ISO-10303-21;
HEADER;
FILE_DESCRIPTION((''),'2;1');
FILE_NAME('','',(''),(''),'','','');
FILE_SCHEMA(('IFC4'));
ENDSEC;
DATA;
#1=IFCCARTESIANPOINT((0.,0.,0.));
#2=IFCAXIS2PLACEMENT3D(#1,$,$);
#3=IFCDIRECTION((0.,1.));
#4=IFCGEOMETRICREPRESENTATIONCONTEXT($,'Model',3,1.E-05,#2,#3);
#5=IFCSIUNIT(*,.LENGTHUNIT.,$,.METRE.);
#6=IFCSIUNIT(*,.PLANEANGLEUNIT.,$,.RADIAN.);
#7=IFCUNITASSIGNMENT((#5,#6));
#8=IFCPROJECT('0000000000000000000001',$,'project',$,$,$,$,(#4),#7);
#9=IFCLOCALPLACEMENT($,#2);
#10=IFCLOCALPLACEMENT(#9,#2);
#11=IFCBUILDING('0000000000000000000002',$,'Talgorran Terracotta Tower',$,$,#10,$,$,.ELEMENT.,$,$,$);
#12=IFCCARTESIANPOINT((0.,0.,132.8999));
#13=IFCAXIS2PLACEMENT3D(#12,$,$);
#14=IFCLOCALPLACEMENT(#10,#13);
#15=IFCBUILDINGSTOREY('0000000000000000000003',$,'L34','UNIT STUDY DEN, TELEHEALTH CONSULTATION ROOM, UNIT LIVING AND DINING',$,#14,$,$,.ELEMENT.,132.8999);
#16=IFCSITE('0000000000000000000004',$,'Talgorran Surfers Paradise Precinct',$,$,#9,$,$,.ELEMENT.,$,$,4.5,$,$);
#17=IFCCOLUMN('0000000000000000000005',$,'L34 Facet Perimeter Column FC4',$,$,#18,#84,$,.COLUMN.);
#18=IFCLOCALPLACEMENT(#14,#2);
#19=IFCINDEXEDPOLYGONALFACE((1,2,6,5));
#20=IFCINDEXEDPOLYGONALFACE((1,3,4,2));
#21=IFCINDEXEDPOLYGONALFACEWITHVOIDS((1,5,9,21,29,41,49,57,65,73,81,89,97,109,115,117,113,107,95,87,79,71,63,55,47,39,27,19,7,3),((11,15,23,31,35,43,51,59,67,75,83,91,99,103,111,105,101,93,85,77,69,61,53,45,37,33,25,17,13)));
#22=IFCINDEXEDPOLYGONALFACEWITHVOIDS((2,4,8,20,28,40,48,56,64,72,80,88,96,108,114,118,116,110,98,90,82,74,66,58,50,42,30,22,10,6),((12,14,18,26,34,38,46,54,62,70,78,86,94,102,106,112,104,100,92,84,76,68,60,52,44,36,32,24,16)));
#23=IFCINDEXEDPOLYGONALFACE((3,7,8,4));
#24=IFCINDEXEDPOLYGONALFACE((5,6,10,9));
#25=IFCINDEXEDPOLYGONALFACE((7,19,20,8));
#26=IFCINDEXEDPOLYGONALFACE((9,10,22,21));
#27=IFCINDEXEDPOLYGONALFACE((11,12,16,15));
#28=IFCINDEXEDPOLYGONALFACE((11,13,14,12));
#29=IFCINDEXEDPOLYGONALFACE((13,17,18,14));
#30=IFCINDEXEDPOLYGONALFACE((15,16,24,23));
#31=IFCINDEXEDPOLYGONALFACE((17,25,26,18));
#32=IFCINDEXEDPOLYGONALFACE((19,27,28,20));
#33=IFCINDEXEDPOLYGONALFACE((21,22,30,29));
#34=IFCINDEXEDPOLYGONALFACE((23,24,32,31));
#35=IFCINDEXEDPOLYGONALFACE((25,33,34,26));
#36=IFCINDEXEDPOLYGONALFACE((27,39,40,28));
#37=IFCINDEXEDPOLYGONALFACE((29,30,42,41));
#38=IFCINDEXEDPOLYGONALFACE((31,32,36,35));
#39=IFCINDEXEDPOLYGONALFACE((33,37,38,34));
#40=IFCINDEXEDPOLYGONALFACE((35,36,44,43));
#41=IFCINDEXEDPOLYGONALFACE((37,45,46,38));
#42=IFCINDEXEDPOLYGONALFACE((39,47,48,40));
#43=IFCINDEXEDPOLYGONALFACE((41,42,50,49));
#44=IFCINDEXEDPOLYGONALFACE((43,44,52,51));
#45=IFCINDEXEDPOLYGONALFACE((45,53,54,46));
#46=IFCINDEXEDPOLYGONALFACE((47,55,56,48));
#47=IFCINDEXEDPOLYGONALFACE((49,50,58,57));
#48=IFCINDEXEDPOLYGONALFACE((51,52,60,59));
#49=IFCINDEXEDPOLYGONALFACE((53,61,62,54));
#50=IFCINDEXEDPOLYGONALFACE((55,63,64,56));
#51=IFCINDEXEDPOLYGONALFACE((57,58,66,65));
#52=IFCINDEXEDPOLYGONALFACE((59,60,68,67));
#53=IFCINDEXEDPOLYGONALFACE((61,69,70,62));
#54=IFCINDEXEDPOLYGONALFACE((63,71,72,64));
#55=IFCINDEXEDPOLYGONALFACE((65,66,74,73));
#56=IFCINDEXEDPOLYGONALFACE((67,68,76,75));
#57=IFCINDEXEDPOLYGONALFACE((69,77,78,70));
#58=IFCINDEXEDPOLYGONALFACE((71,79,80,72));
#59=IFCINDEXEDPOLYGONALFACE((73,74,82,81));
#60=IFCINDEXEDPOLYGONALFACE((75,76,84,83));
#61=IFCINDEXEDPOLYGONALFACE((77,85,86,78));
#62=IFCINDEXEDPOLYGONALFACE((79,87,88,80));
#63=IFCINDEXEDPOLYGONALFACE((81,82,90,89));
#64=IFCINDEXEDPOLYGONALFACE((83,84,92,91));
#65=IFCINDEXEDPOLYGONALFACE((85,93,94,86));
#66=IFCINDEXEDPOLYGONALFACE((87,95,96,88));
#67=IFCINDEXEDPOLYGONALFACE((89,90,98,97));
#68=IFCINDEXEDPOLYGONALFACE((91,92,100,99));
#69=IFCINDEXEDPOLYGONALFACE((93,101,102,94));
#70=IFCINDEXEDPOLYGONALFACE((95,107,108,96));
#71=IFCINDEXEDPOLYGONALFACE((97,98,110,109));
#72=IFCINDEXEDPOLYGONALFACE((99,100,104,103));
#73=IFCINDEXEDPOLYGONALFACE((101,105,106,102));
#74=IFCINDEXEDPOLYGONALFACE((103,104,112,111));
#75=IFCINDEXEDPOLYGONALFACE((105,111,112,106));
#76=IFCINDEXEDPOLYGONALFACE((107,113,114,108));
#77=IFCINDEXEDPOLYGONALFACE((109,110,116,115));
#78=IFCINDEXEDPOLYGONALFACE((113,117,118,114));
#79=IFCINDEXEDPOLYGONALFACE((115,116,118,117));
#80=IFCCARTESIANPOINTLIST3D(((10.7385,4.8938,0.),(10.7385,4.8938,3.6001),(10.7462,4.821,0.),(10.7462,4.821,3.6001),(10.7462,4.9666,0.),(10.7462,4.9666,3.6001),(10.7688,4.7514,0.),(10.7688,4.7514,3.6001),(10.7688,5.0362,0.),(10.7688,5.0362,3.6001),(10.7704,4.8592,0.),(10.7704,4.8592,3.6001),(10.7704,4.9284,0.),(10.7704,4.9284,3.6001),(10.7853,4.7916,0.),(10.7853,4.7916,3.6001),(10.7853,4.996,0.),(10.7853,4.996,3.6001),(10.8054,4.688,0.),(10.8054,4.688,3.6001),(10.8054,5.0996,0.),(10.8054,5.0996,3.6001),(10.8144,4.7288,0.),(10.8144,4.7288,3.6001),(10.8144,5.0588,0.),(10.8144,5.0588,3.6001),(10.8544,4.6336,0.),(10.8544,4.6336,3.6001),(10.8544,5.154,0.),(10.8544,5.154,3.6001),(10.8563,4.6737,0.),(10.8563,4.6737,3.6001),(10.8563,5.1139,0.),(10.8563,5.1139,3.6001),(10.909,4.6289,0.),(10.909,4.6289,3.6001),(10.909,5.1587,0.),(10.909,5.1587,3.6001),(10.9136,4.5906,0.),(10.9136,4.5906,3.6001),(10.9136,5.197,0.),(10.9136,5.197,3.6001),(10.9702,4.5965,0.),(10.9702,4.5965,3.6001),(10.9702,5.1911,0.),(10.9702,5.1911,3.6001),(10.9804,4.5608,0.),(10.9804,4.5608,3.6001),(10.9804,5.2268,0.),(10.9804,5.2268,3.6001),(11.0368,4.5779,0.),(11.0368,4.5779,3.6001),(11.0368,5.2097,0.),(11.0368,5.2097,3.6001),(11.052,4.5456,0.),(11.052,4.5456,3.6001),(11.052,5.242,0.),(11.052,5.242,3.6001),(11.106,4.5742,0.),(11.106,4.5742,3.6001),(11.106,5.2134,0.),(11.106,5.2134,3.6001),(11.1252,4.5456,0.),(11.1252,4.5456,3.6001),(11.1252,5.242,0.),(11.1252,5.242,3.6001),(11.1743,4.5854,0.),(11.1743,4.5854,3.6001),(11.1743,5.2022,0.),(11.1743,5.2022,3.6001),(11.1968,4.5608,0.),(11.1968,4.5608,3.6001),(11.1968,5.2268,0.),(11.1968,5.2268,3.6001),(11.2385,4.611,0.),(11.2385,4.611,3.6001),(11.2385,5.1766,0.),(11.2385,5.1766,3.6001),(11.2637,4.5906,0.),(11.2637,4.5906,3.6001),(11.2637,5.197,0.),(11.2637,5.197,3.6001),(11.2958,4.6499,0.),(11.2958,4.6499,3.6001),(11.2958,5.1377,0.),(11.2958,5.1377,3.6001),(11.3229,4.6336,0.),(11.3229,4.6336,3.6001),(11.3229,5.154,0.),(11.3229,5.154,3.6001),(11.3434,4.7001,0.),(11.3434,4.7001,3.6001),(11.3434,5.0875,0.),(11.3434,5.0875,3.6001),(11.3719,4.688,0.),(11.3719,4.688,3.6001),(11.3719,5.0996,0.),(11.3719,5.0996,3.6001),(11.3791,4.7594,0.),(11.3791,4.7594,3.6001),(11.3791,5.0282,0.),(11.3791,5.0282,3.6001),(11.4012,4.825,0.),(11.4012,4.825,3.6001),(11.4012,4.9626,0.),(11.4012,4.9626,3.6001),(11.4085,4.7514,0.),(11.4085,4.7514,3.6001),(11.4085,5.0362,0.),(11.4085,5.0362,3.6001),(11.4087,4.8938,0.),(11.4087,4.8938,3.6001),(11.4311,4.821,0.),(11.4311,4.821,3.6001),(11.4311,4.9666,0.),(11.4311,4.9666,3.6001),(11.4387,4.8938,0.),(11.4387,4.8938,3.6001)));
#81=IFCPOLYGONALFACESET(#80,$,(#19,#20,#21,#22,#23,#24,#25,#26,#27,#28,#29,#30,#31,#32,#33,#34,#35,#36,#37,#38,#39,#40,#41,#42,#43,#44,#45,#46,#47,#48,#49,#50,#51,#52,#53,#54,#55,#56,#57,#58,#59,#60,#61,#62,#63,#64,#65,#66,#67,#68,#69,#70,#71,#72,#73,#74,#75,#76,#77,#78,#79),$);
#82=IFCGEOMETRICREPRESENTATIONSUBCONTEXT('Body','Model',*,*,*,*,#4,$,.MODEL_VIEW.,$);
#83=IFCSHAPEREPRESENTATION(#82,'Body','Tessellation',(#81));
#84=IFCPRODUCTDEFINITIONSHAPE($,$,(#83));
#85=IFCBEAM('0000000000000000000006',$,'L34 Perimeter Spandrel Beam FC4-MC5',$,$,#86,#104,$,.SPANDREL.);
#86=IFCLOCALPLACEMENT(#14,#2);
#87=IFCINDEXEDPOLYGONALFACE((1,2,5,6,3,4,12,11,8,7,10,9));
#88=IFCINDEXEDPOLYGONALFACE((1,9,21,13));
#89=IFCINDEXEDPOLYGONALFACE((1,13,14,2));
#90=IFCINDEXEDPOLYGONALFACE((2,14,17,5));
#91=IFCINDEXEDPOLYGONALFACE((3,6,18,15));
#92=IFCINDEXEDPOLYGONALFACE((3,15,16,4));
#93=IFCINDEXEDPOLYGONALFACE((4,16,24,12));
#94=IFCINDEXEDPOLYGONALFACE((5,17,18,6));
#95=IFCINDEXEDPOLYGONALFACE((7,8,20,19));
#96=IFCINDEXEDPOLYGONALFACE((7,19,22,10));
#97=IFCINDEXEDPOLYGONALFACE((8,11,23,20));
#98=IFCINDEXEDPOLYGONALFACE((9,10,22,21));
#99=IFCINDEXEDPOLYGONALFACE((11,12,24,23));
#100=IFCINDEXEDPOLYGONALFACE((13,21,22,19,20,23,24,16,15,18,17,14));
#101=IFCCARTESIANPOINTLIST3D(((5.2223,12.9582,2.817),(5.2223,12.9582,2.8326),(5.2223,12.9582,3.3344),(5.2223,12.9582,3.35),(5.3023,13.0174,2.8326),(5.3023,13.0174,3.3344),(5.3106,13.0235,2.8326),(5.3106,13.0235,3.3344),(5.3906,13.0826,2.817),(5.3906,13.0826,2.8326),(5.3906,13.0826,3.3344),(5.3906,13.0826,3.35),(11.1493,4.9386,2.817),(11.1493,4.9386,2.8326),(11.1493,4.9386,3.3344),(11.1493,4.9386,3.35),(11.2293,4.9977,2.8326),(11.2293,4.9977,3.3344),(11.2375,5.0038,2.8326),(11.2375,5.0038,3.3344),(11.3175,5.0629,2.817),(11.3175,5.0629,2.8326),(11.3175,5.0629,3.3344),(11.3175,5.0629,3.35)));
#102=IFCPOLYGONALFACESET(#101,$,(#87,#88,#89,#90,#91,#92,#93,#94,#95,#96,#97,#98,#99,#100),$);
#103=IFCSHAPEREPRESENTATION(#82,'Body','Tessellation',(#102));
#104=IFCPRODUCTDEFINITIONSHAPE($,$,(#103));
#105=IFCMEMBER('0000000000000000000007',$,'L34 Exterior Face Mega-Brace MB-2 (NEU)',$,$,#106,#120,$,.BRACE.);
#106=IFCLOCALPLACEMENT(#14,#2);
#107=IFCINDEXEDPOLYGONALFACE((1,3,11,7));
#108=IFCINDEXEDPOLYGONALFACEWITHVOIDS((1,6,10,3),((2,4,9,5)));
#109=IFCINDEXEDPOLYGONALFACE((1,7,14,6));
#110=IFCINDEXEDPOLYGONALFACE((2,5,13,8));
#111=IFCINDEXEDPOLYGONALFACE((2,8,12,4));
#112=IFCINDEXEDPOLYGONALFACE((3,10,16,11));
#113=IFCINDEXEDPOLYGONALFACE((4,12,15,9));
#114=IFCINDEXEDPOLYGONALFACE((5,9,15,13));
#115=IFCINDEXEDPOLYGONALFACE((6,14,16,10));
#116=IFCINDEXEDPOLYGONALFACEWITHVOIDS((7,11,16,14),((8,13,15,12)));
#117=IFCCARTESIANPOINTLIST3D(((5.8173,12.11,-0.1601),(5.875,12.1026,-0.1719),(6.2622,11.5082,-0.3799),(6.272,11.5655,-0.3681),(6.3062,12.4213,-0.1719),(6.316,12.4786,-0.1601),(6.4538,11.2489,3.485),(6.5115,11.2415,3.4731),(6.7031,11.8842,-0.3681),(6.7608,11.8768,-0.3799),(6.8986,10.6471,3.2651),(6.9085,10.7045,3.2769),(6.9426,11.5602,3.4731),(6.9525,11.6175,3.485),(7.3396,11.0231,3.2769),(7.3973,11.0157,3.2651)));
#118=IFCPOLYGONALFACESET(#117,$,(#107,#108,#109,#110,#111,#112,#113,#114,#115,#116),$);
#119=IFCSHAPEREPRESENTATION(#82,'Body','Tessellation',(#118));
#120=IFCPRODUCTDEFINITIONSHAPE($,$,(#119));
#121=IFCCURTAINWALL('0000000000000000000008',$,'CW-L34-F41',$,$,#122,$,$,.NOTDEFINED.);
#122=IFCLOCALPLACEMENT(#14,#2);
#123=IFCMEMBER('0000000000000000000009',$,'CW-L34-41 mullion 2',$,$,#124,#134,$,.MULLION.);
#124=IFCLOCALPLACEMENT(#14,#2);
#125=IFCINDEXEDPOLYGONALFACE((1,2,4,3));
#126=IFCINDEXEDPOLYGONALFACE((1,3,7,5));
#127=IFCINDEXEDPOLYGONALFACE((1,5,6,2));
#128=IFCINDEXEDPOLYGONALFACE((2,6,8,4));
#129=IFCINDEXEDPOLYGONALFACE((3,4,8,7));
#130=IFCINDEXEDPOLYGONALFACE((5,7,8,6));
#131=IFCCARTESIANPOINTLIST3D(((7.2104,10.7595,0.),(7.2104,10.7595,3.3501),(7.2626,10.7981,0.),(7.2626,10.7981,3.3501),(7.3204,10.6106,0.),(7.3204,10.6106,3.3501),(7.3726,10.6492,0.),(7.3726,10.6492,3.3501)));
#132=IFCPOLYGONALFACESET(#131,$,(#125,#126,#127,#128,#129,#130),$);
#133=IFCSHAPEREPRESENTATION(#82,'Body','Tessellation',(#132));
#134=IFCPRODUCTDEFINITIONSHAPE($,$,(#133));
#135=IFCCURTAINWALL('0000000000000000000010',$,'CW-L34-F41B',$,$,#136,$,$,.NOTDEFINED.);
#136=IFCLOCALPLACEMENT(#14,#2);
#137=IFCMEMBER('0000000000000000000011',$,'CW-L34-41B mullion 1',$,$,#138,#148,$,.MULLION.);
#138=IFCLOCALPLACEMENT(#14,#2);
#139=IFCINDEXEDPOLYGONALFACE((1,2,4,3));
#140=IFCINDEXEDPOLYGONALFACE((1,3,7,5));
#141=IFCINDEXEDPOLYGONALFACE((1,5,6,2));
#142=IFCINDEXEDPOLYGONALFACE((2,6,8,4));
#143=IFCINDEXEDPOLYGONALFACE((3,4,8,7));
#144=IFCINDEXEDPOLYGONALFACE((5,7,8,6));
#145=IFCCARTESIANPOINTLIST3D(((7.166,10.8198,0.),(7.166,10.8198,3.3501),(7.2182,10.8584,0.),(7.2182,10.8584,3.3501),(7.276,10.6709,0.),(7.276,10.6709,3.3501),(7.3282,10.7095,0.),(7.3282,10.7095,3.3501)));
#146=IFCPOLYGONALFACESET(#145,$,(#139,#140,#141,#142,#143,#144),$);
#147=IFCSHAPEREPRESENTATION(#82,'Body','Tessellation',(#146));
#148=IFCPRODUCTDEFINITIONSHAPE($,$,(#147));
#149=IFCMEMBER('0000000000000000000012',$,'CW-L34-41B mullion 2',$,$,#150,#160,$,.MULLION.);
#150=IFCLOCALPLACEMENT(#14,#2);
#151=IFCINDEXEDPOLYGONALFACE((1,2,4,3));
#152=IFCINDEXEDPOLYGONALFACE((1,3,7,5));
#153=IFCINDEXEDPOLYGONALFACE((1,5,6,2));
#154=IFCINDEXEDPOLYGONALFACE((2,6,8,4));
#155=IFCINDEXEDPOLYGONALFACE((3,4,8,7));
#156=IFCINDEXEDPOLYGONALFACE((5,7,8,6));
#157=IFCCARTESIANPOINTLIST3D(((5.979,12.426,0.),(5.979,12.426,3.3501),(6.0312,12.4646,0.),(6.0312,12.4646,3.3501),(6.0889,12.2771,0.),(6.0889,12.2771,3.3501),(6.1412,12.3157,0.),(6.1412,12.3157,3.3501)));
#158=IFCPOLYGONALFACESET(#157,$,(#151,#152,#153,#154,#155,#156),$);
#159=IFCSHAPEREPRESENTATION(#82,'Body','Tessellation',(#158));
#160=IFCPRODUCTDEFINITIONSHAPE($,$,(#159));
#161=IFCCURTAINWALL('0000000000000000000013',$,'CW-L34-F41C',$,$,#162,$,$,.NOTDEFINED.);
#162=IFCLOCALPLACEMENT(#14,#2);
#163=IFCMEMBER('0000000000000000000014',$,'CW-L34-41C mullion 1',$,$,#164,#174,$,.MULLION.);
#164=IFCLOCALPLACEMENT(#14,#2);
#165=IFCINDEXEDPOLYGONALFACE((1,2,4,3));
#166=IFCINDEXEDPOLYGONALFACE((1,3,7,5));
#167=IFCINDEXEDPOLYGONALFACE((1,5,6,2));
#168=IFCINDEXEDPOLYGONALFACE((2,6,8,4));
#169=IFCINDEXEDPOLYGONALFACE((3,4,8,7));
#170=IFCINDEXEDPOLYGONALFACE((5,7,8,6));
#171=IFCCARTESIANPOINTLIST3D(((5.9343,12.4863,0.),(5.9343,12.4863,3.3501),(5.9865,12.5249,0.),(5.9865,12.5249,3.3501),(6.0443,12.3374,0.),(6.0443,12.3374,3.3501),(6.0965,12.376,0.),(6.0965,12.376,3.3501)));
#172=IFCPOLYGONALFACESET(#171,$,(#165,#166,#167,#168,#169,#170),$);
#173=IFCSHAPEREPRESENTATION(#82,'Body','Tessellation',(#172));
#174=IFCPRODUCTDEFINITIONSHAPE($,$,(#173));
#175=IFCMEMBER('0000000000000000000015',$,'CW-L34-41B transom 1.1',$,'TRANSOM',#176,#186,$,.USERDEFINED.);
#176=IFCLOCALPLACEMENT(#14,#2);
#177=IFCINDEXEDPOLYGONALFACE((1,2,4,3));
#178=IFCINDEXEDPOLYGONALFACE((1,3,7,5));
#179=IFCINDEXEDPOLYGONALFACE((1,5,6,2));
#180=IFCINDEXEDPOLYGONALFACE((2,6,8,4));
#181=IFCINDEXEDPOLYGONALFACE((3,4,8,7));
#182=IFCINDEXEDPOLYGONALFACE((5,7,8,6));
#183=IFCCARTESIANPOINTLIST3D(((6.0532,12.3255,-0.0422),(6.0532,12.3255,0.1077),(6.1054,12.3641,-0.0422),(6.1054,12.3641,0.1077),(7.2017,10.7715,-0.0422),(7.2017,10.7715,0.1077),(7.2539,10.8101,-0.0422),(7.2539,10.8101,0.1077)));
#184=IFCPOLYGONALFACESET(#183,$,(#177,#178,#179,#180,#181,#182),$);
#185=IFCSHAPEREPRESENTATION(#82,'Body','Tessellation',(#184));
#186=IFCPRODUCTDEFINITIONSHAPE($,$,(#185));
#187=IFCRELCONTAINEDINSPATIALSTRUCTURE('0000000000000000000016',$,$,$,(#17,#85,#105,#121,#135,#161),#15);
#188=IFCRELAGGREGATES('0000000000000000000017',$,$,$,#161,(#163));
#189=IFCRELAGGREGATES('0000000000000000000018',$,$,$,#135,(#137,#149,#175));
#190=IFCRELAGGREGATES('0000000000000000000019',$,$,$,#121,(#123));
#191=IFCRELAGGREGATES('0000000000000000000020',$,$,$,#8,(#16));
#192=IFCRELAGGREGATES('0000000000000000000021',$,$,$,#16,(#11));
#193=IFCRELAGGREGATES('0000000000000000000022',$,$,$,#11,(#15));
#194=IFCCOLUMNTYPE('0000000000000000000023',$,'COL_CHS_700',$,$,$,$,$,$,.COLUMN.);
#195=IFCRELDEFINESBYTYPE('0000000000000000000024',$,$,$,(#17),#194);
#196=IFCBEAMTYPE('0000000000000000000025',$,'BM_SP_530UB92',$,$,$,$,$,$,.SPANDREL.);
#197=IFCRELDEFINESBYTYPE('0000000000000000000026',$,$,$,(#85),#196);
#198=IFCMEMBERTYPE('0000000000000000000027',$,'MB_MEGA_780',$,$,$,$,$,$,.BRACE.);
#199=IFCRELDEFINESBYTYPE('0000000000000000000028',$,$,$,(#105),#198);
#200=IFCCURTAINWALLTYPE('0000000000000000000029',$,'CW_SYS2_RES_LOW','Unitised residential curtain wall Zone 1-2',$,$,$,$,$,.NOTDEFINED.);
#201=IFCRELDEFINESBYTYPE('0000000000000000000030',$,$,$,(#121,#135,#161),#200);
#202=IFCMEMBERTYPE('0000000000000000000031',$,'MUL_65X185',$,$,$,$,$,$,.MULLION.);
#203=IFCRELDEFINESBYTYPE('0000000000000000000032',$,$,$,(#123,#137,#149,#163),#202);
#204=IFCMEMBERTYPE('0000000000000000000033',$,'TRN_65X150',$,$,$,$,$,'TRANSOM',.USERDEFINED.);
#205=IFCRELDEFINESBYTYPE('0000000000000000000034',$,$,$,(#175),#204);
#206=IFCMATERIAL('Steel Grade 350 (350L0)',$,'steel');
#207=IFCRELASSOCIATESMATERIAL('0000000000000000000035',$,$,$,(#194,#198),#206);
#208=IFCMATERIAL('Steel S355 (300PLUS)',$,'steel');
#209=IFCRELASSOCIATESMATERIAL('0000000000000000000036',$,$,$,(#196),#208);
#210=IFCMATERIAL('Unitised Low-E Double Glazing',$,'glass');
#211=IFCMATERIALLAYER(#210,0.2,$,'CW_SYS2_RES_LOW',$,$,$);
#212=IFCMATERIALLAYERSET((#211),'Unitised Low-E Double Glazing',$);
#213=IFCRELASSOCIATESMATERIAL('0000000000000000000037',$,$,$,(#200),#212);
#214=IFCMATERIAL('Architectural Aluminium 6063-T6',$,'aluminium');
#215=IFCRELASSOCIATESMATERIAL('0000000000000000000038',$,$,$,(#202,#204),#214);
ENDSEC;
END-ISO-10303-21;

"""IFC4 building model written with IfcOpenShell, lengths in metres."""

from ifc_helpers import new_model, si_unit, direction, frame, origin, origin_2d, place, context, subcontext, project, spatial, rectangle, hollow_rectangle, hollow_circle, i_section, extrude, material, layer, layer_set, material_profile, profile_set, type_object, element, aggregate, save


model = new_model("IFC4")

# Units and contexts
model_context = context("Model", 3, precision=1e-05, world=origin(), true_north=direction((0.0, 1.0)))
body_context = subcontext(model_context, "Body", "Model", "MODEL_VIEW")
ifc_project = project(units=[si_unit("LENGTHUNIT", "METRE"), si_unit("PLANEANGLEUNIT", "RADIAN")], contexts=[model_context])

# Site, building, storey
site_placement = place(None, origin())
site = spatial("IfcSite", under=ifc_project, at=site_placement, Name="Talgorran Surfers Paradise Precinct", CompositionType="ELEMENT", RefElevation=4.5)
building_placement = place(site_placement, origin())
building = spatial("IfcBuilding", under=site, at=building_placement, Name="Talgorran Terracotta Tower", CompositionType="ELEMENT")
storey_placement = place(building_placement, frame((0.0, 0.0, 132.8999)))
storey = spatial("IfcBuildingStorey", under=building, at=storey_placement, Name="L34", Description="UNIT STUDY DEN, TELEHEALTH CONSULTATION ROOM, UNIT LIVING AND DINING", CompositionType="ELEMENT", Elevation=132.8999)

# Column
ifc_material_1 = material(Name="Steel Grade 350 (350L0)", Category="steel")
ifc_material_profile_1 = material_profile(ifc_material_1, hollow_circle(Radius=0.3501, WallThickness=0.03, at=origin_2d()), Name="CHS700X30")
ifc_profile_set_1 = profile_set([ifc_material_profile_1], Name="Steel Grade 350 (350L0)")
column_type = type_object("IfcColumnType", Name="COL_CHS_700", PredefinedType="COLUMN", material=ifc_profile_set_1)
column_placement = place(storey_placement, frame((11.0886, 4.8938, 0.0), z_axis=(0.0, 0.0, 1.0), x_axis=(1.0, 0.0, 0.0)))
element("IfcColumn", 1, at=column_placement, inside=storey, type_object=column_type, Name="L34 Facet Perimeter Column FC4", PredefinedType="COLUMN", context=body_context, shape_type="SweptSolid", body=[
    extrude(hollow_circle(Radius=0.3501, WallThickness=0.03, at=origin_2d()), origin(), (0.0, 0.0, 1.0), 3.6001),
])

# Beam
ifc_material_2 = material(Name="Steel S355 (300PLUS)", Category="steel")
ifc_material_profile_2 = material_profile(ifc_material_2, i_section(OverallWidth=0.2092, OverallDepth=0.533, WebThickness=0.0103, FlangeThickness=0.0156, at=origin_2d()), Name="530UB92.4")
ifc_profile_set_2 = profile_set([ifc_material_profile_2], Name="Steel S355 (300PLUS)")
beam_type = type_object("IfcBeamType", Name="BM_SP_530UB92", PredefinedType="SPANDREL", material=ifc_profile_set_2)
beam_placement = place(storey_placement, frame((11.2334, 5.0007, 3.0835), z_axis=(-0.594348, 0.804208, 0.0), x_axis=(-0.804208, -0.594348, 0.0)))
element("IfcBeam", 2, at=beam_placement, inside=storey, type_object=beam_type, Name="L34 Perimeter Spandrel Beam FC4-MC5", PredefinedType="SPANDREL", context=body_context, shape_type="SweptSolid", body=[
    extrude(i_section(OverallWidth=0.2092, OverallDepth=0.533, WebThickness=0.0103, FlangeThickness=0.0156, at=origin_2d()), origin(), (0.0, 0.0, 1.0), 9.9722),
])

# Member
ifc_material_profile_3 = material_profile(ifc_material_1, hollow_rectangle(XDim=0.6201, YDim=0.78, WallThickness=0.042, at=origin_2d()), Name="WBOX780X620X42")
ifc_profile_set_3 = profile_set([ifc_material_profile_3], Name="Steel Grade 350 (350L0)")
member_type_1 = type_object("IfcMemberType", Name="MB_MEGA_780", PredefinedType="BRACE", material=ifc_profile_set_3)
member_1_placement = place(storey_placement, frame((6.2891, 11.9934, -0.27), z_axis=(0.167535, -0.226658, 0.959457), x_axis=(0.804167, 0.594404, 0.0)))
element("IfcMember", 3, at=member_1_placement, inside=storey, type_object=member_type_1, Name="L34 Exterior Face Mega-Brace MB-2 (NEU)", PredefinedType="BRACE", context=body_context, shape_type="SweptSolid", body=[
    extrude(hollow_rectangle(XDim=0.6201, YDim=0.78, WallThickness=0.042, at=origin_2d()), origin(), (0.0, 0.0, 1.0), 3.7991),
])

# Curtain wall, member
ifc_material_3 = material(Name="Unitised Low-E Double Glazing", Category="glass")
ifc_layer_1 = layer(ifc_material_3, 0.2, Name="CW_SYS2_RES_LOW")
ifc_layer_set_1 = layer_set([ifc_layer_1], Name="Unitised Low-E Double Glazing")
curtain_wall_type = type_object("IfcCurtainWallType", Name="CW_SYS2_RES_LOW", Description="Unitised residential curtain wall Zone 1-2", PredefinedType="NOTDEFINED", material=ifc_layer_set_1)
curtain_wall_1_placement = place(storey_placement, origin())
curtain_wall_1 = element("IfcCurtainWall", 4, at=curtain_wall_1_placement, inside=storey, type_object=curtain_wall_type, Name="CW-L34-F41", PredefinedType="NOTDEFINED")
ifc_material_4 = material(Name="Architectural Aluminium 6063-T6", Category="aluminium")
ifc_material_profile_4 = material_profile(ifc_material_4, rectangle(XDim=0.0649, YDim=0.1851, at=origin_2d()), Name="CWM65X185")
ifc_profile_set_4 = profile_set([ifc_material_profile_4], Name="Architectural Aluminium 6063-T6")
member_type_2 = type_object("IfcMemberType", Name="MUL_65X185", PredefinedType="MULLION", material=ifc_profile_set_4)
member_2_placement = place(storey_placement, frame((7.2915, 10.7043, 0.0), z_axis=(0.0, 0.0, 1.0), x_axis=(-0.804201, -0.594357, 0.0)))
member_2 = element("IfcMember", 5, at=member_2_placement, type_object=member_type_2, Name="CW-L34-41 mullion 2", PredefinedType="MULLION", context=body_context, shape_type="SweptSolid", body=[
    extrude(rectangle(XDim=0.0649, YDim=0.1851, at=origin_2d()), origin(), (0.0, 0.0, 1.0), 3.3501),
])

# Curtain wall, members
curtain_wall_2_placement = place(storey_placement, origin())
curtain_wall_2 = element("IfcCurtainWall", 6, at=curtain_wall_2_placement, inside=storey, type_object=curtain_wall_type, Name="CW-L34-F41B", PredefinedType="NOTDEFINED")
member_3_placement = place(storey_placement, frame((7.2471, 10.7646, 0.0), z_axis=(0.0, 0.0, 1.0), x_axis=(-0.80421, -0.594345, 0.0)))
member_3 = element("IfcMember", 7, at=member_3_placement, type_object=member_type_2, Name="CW-L34-41B mullion 1", PredefinedType="MULLION", context=body_context, shape_type="SweptSolid", body=[
    extrude(rectangle(XDim=0.0649, YDim=0.1851, at=origin_2d()), origin(), (0.0, 0.0, 1.0), 3.3501),
])
member_4_placement = place(storey_placement, frame((6.0601, 12.3708, 0.0), z_axis=(0.0, 0.0, 1.0), x_axis=(-0.80421, -0.594345, 0.0)))
member_4 = element("IfcMember", 8, at=member_4_placement, type_object=member_type_2, Name="CW-L34-41B mullion 2", PredefinedType="MULLION", context=body_context, shape_type="SweptSolid", body=[
    extrude(rectangle(XDim=0.0649, YDim=0.1851, at=origin_2d()), origin(), (0.0, 0.0, 1.0), 3.3501),
])

# Curtain wall, member
curtain_wall_3_placement = place(storey_placement, origin())
curtain_wall_3 = element("IfcCurtainWall", 9, at=curtain_wall_3_placement, inside=storey, type_object=curtain_wall_type, Name="CW-L34-F41C", PredefinedType="NOTDEFINED")
member_5_placement = place(storey_placement, frame((6.0154, 12.4312, 0.0), z_axis=(0.0, 0.0, 1.0), x_axis=(-0.80422, -0.594332, 0.0)))
member_5 = element("IfcMember", 10, at=member_5_placement, type_object=member_type_2, Name="CW-L34-41C mullion 1", PredefinedType="MULLION", context=body_context, shape_type="SweptSolid", body=[
    extrude(rectangle(XDim=0.0649, YDim=0.1851, at=origin_2d()), origin(), (0.0, 0.0, 1.0), 3.3501),
])

# Member
ifc_material_profile_5 = material_profile(ifc_material_4, rectangle(XDim=0.0649, YDim=0.1499, at=origin_2d()), Name="CWT65X150")
ifc_profile_set_5 = profile_set([ifc_material_profile_5], Name="Architectural Aluminium 6063-T6")
member_type_3 = type_object("IfcMemberType", Name="TRN_65X150", ElementType="TRANSOM", PredefinedType="USERDEFINED", material=ifc_profile_set_5)
member_6_placement = place(storey_placement, frame((7.2278, 10.7908, 0.0327), z_axis=(-0.594345, 0.80421, 0.0), x_axis=(-0.80421, -0.594345, 0.0)))
member_6 = element("IfcMember", 11, at=member_6_placement, type_object=member_type_3, Name="CW-L34-41B transom 1.1", ObjectType="TRANSOM", PredefinedType="USERDEFINED", context=body_context, shape_type="SweptSolid", body=[
    extrude(rectangle(XDim=0.0649, YDim=0.1499, at=origin_2d()), origin(), (0.0, 0.0, 1.0), 1.9324),
])
aggregate(curtain_wall_3, [member_5])

aggregate(curtain_wall_2, [member_3, member_4, member_6])
aggregate(curtain_wall_1, [member_2])

save(model, "model.ifc")
